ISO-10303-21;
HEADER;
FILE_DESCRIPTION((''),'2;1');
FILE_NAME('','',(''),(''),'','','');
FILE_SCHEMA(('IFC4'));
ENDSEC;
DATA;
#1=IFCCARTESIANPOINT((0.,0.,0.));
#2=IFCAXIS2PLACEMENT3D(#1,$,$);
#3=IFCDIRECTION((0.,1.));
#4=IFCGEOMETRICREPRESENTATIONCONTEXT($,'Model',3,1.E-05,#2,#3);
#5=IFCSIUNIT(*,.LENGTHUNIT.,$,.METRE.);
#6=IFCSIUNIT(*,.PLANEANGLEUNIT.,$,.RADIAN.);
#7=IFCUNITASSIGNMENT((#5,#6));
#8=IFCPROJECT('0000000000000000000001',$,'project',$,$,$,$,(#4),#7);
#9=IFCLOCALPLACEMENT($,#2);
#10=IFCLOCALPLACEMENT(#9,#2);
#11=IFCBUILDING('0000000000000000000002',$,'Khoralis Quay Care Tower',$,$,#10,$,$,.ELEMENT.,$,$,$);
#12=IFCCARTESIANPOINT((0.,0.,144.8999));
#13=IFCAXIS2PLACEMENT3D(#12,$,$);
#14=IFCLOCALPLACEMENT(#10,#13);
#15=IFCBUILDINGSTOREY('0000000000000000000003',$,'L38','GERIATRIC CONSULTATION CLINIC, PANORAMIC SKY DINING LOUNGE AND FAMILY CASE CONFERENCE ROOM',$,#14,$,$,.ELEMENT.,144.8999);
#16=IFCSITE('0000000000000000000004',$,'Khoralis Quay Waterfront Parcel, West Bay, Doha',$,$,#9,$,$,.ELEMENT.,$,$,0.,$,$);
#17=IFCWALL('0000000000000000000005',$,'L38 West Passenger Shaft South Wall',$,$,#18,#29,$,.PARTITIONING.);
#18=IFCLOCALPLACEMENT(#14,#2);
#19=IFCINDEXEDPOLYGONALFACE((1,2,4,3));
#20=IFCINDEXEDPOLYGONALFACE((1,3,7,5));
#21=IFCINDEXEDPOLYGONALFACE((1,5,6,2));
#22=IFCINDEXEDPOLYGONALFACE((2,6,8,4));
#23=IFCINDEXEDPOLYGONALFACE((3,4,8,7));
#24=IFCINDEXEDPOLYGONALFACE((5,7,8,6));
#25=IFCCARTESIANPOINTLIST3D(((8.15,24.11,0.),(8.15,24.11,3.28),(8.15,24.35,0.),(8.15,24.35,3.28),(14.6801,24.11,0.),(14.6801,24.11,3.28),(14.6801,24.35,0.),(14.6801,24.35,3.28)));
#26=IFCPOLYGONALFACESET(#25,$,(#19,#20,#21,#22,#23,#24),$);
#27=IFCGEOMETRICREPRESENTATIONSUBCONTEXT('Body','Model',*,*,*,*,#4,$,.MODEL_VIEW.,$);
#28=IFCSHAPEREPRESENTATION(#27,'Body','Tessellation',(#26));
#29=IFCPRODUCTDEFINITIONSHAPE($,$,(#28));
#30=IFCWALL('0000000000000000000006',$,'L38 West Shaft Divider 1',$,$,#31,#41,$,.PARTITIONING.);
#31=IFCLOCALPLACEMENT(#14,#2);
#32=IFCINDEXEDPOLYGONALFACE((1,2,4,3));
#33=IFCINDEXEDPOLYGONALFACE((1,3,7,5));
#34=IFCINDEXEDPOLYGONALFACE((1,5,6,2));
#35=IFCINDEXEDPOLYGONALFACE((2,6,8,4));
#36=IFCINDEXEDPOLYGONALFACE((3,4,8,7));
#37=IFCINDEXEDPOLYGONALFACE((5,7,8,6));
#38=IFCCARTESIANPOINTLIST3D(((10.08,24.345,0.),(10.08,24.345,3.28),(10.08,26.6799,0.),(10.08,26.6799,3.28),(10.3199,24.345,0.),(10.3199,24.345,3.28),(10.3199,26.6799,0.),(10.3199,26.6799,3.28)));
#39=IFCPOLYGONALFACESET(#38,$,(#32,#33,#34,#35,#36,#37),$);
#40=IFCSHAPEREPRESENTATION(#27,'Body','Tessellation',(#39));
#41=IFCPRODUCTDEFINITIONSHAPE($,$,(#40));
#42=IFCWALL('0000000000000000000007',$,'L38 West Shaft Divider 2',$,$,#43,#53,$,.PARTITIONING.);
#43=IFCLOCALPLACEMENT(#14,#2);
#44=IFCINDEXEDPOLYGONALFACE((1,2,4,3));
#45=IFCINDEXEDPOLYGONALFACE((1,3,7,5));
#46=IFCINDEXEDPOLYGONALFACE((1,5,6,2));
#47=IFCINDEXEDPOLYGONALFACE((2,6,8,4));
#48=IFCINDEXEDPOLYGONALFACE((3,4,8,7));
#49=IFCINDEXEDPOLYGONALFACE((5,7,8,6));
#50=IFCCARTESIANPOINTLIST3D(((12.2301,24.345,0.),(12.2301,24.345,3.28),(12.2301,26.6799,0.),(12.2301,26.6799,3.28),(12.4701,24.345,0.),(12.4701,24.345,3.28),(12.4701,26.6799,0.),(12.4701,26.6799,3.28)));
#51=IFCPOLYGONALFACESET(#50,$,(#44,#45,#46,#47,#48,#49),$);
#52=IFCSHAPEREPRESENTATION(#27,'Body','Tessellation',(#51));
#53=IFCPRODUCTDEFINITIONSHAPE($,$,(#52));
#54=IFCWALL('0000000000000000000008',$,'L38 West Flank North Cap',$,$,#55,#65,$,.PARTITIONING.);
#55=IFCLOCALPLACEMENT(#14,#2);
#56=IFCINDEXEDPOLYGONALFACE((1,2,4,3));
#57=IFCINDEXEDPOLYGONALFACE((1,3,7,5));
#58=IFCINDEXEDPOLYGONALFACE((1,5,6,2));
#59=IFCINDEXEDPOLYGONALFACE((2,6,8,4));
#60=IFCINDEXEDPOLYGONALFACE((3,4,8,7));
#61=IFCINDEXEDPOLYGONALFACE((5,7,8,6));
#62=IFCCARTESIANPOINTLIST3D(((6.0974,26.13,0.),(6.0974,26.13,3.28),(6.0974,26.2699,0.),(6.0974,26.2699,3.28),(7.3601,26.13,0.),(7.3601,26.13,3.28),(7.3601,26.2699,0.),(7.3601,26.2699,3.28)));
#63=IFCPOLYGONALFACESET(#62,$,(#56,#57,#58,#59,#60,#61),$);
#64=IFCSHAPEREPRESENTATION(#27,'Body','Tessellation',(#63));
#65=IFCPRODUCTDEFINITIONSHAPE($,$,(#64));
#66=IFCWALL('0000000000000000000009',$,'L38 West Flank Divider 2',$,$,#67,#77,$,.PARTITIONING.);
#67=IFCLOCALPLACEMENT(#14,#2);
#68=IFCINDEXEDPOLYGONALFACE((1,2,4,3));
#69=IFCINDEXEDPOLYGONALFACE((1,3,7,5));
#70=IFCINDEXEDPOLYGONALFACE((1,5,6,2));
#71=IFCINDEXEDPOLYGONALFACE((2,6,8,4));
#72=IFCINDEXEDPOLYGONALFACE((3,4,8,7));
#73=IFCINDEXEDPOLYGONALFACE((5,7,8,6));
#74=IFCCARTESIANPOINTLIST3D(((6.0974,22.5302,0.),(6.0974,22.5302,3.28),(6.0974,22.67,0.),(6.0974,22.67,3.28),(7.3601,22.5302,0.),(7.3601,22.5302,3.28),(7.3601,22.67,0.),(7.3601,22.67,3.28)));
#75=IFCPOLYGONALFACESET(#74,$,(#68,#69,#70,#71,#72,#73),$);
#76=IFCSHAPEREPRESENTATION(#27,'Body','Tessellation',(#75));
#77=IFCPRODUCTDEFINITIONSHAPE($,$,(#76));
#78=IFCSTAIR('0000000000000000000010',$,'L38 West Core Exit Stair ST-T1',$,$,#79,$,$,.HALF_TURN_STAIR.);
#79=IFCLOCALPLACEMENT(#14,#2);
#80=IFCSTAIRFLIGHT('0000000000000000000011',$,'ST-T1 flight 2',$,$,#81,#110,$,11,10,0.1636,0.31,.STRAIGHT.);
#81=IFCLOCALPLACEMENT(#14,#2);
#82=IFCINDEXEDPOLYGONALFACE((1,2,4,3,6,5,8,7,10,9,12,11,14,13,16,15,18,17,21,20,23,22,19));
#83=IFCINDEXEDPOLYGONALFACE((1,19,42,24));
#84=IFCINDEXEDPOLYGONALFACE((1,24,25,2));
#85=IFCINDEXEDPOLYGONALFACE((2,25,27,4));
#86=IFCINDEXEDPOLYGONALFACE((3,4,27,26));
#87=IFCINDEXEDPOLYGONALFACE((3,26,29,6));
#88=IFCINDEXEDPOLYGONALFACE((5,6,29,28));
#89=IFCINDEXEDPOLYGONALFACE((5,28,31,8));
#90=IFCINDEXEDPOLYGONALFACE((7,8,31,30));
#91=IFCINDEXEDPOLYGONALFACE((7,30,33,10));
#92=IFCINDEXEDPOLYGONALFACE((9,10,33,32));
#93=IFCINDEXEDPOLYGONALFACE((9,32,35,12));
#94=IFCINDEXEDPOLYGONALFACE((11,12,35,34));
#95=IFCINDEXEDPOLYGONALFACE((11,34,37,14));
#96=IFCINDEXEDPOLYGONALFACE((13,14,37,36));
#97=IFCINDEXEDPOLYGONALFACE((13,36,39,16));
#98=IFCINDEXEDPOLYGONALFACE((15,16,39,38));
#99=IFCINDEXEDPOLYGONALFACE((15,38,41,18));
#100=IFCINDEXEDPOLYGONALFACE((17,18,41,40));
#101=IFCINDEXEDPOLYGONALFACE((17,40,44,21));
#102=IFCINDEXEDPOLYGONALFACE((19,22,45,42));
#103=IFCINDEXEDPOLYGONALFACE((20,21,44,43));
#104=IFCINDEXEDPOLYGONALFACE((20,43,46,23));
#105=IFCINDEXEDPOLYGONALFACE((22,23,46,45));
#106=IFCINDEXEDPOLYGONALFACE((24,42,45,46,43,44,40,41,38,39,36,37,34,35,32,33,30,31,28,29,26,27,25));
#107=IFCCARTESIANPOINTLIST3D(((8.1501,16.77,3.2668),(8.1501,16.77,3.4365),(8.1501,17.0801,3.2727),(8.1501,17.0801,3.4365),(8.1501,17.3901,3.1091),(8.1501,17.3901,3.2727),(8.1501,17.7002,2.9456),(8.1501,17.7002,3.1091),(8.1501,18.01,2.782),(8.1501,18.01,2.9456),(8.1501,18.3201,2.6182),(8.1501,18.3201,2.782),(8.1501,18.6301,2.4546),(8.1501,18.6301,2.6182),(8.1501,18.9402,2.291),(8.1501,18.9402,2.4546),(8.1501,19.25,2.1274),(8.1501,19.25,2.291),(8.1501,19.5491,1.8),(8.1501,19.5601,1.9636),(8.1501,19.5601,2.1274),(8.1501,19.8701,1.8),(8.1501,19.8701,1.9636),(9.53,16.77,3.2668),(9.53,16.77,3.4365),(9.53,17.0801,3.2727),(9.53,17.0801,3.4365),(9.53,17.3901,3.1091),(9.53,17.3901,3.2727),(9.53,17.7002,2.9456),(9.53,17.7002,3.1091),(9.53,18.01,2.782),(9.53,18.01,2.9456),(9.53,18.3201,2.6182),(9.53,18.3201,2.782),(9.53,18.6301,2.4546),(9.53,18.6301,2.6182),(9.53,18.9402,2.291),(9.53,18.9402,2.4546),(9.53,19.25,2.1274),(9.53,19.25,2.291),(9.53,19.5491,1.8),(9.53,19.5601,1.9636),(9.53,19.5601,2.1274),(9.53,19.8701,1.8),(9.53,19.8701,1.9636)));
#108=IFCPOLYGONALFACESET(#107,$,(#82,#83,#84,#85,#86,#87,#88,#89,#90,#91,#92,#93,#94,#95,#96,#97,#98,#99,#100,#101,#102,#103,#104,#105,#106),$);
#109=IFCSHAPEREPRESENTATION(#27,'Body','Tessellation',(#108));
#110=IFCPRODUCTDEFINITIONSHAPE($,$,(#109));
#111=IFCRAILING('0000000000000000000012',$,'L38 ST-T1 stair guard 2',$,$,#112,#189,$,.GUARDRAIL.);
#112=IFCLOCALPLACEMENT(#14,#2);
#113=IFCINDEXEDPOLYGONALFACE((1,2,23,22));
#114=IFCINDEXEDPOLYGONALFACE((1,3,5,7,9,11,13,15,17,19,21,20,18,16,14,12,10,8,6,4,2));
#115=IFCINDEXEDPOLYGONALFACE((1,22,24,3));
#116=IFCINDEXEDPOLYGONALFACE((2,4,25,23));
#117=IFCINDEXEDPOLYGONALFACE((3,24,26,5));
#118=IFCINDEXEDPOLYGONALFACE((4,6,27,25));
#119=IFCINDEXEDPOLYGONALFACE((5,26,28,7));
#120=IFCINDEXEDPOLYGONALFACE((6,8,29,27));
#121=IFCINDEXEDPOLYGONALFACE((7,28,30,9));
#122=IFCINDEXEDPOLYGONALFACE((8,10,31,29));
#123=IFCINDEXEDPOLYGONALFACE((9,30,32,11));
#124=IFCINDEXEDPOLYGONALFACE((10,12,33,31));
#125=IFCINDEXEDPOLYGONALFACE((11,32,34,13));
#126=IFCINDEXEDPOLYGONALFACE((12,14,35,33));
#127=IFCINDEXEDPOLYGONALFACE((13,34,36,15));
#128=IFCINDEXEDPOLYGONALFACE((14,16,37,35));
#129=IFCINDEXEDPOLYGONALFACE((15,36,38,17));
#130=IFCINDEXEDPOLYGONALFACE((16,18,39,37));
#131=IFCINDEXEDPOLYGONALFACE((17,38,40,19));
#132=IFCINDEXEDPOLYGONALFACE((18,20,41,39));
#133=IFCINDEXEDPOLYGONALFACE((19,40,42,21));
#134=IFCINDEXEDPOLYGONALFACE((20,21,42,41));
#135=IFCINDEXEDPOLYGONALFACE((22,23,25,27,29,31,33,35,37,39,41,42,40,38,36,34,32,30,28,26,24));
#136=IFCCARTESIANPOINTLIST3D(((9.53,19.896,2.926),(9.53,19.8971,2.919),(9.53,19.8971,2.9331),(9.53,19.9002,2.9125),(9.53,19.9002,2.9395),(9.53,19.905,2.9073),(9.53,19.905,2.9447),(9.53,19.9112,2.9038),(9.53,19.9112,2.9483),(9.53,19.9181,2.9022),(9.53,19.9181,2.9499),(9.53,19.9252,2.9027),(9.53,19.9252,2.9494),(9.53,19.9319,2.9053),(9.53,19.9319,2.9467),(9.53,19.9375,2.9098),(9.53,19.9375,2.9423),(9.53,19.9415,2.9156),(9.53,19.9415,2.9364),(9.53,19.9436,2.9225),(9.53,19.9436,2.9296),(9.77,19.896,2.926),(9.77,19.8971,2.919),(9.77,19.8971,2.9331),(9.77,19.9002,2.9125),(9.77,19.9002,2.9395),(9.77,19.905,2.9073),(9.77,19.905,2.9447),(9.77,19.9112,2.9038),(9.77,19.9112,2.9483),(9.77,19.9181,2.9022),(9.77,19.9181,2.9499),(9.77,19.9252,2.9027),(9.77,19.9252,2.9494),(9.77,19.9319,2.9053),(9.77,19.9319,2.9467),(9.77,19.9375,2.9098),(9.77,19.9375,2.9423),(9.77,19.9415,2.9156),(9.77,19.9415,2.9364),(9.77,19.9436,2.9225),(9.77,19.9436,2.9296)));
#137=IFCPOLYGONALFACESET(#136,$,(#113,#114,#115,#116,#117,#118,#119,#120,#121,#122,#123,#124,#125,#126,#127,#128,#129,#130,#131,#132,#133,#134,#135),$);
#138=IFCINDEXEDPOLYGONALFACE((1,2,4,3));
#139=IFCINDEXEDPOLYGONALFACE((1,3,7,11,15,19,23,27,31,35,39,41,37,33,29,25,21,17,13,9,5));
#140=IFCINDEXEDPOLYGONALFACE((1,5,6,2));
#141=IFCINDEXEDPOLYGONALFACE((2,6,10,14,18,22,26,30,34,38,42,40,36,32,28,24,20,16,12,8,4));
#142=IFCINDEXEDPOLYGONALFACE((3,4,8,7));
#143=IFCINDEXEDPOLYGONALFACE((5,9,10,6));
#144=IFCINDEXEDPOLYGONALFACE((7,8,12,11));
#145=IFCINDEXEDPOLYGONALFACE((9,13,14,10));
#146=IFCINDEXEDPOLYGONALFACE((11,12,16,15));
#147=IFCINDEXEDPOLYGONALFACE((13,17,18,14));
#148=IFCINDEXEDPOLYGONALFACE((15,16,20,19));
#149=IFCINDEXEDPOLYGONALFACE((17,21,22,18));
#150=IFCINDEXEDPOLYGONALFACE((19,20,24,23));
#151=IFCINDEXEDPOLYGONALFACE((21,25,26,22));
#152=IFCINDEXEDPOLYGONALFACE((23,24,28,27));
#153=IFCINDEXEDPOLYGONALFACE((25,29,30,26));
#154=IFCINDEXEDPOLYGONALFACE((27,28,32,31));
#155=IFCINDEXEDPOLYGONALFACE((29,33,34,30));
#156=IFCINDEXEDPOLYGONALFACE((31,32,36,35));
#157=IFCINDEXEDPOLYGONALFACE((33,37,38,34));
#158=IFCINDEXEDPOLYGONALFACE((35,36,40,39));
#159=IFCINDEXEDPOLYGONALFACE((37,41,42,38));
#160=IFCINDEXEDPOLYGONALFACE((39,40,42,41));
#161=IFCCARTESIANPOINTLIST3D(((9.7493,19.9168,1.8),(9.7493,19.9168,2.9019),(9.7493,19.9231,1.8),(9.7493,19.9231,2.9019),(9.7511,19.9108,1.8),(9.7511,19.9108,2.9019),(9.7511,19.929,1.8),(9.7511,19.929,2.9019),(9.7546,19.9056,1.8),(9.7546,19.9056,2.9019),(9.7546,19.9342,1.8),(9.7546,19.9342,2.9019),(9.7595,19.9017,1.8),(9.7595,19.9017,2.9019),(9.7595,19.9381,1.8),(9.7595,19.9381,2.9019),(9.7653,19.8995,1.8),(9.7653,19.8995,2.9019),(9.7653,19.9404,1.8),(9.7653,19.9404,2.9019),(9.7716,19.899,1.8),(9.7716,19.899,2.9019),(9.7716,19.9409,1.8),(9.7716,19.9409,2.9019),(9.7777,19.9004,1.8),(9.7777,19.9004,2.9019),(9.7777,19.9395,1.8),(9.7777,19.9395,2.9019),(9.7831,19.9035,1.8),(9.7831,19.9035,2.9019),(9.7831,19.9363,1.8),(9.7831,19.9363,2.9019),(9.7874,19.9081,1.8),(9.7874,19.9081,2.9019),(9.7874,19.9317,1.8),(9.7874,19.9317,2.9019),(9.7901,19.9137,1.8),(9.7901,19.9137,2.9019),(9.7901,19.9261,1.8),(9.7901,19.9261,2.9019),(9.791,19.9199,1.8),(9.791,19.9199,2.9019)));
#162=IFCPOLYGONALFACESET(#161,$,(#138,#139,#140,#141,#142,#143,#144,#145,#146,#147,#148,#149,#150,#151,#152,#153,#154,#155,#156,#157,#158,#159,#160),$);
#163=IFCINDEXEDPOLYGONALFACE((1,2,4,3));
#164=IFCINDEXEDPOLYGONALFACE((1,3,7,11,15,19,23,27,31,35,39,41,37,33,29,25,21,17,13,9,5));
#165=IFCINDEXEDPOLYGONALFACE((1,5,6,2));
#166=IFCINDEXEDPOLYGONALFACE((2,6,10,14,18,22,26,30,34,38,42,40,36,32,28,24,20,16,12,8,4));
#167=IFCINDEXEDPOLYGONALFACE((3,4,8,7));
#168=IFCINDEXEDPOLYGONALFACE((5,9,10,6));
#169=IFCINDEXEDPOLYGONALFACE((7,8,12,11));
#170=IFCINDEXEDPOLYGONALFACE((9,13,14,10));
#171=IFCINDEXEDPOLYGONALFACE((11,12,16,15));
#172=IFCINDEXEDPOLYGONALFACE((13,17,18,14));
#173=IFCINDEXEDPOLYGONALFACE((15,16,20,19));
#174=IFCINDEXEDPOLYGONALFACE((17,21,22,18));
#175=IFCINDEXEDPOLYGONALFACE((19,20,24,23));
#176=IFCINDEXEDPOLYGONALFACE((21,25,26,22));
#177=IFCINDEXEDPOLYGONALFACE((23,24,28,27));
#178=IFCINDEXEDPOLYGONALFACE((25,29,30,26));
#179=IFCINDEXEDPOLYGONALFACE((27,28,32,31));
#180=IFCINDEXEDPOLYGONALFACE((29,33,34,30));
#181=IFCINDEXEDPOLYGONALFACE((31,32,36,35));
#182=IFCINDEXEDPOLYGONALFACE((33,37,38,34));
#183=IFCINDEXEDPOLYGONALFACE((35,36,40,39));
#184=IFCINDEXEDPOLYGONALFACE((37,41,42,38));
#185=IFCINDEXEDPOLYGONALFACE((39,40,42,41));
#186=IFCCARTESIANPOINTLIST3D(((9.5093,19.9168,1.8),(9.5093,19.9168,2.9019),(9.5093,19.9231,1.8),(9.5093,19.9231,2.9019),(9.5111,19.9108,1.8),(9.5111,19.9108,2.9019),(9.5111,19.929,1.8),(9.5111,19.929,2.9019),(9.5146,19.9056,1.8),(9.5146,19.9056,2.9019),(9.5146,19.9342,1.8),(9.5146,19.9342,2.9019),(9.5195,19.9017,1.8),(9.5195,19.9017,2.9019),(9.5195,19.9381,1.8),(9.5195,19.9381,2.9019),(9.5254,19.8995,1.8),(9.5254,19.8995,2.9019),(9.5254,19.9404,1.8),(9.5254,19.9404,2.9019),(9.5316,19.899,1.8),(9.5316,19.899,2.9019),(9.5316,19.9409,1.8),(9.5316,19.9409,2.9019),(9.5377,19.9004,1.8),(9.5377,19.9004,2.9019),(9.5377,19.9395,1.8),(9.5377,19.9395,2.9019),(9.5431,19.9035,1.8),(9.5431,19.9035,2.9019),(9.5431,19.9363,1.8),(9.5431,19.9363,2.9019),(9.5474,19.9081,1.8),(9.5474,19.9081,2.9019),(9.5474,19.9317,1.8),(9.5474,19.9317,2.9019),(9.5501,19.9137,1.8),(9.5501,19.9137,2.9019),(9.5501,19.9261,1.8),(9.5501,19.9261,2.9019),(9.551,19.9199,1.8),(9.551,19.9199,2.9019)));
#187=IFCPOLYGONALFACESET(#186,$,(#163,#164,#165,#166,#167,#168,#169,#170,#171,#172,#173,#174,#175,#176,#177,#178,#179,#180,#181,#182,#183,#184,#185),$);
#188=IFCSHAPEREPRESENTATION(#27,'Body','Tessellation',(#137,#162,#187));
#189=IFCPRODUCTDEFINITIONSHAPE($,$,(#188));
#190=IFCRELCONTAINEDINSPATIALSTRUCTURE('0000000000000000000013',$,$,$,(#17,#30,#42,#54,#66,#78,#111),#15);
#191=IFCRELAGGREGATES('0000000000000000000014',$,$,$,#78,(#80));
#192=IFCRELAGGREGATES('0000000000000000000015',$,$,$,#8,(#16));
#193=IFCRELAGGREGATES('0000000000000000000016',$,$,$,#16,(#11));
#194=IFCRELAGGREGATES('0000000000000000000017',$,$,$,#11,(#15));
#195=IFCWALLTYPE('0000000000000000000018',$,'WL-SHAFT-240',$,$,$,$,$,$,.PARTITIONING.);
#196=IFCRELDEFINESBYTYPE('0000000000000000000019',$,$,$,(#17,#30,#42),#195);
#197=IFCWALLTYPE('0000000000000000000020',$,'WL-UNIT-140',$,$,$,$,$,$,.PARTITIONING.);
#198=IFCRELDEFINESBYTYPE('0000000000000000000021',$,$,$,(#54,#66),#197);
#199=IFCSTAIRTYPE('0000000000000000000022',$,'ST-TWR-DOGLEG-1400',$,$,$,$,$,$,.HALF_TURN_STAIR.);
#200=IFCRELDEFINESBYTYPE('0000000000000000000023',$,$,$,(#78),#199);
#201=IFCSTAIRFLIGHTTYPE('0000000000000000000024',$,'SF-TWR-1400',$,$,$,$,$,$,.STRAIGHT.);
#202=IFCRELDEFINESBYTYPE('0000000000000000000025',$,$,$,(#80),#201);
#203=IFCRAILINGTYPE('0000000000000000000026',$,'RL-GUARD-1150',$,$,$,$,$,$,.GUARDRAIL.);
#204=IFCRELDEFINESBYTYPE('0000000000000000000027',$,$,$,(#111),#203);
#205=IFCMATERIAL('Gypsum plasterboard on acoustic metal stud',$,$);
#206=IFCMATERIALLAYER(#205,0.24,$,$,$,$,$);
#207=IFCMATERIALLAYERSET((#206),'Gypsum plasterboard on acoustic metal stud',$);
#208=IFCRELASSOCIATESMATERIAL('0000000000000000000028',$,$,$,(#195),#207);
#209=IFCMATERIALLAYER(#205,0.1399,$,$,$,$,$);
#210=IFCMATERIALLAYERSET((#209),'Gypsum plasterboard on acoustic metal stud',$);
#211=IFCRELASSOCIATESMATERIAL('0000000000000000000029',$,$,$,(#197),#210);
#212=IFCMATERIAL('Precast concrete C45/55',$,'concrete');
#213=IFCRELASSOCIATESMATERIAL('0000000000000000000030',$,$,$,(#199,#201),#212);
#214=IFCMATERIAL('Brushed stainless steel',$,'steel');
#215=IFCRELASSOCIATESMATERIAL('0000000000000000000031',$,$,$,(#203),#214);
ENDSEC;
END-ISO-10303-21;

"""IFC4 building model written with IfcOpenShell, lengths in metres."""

from ifc_helpers import new_model, si_unit, direction, frame, frame_2d, origin, origin_2d, place, context, subcontext, project, spatial, polyline, rectangle, circle, outline, extrude, source, transform, mapped, material, layer, layer_set, type_object, element, aggregate, save


model = new_model("IFC4")

# Units and contexts
model_context = context("Model", 3, precision=1e-05, world=origin(), true_north=direction((0.0, 1.0)))
body_context = subcontext(model_context, "Body", "Model", "MODEL_VIEW")
ifc_project = project(units=[si_unit("LENGTHUNIT", "METRE"), si_unit("PLANEANGLEUNIT", "RADIAN")], contexts=[model_context])

# Site, building, storey
site_placement = place(None, origin())
site = spatial("IfcSite", under=ifc_project, at=site_placement, Name="Khoralis Quay Waterfront Parcel, West Bay, Doha", CompositionType="ELEMENT", RefElevation=0.0)
building_placement = place(site_placement, origin())
building = spatial("IfcBuilding", under=site, at=building_placement, Name="Khoralis Quay Care Tower", CompositionType="ELEMENT")
storey_placement = place(building_placement, frame((0.0, 0.0, 144.8999)))
storey = spatial("IfcBuildingStorey", under=building, at=storey_placement, Name="L38", Description="GERIATRIC CONSULTATION CLINIC, PANORAMIC SKY DINING LOUNGE AND FAMILY CASE CONFERENCE ROOM", CompositionType="ELEMENT", Elevation=144.8999)

# Shared definitions
ifc_material_1 = material(Name="Brushed stainless steel", Category="steel")

# Shared definitions
ifc_material_2 = material(Name="Gypsum plasterboard on acoustic metal stud")

# Walls
ifc_layer_1 = layer(ifc_material_2, 0.24)
ifc_layer_set_1 = layer_set([ifc_layer_1], Name="Gypsum plasterboard on acoustic metal stud")
wall_type_1 = type_object("IfcWallType", Name="WL-SHAFT-240", PredefinedType="PARTITIONING", material=ifc_layer_set_1)
wall_1_placement = place(storey_placement, frame((8.1499, 24.23, 0.0), z_axis=(0.0, 0.0, 1.0), x_axis=(1.0, 0.0, 0.0)))
element("IfcWall", 1, at=wall_1_placement, inside=storey, type_object=wall_type_1, Name="L38 West Passenger Shaft South Wall", PredefinedType="PARTITIONING", context=body_context, shape_type="SweptSolid", body=[
    extrude(rectangle(XDim=6.53, YDim=0.24, at=frame_2d((3.2651, 0.0))), origin(), (0.0, 0.0, 1.0), 3.28),
])
for number, where, z_axis, x_axis, name in (
    (2, (10.2, 24.345, 0.0), (0.0, 0.0, 1.0), (0.0, 1.0, 0.0), "L38 West Shaft Divider 1"),
    (3, (12.3501, 24.345, 0.0), (0.0, 0.0, 1.0), (0.0, 1.0, 0.0), "L38 West Shaft Divider 2"),
):
    element("IfcWall", number, at=place(storey_placement, frame(where, z_axis=z_axis, x_axis=x_axis)), inside=storey, type_object=wall_type_1, Name=name, PredefinedType="PARTITIONING", context=body_context, shape_type="SweptSolid", body=[
        extrude(rectangle(XDim=2.335, YDim=0.24, at=frame_2d((1.1675, 0.0))), origin(), (0.0, 0.0, 1.0), 3.28),
    ])
ifc_layer_2 = layer(ifc_material_2, 0.1399)
ifc_layer_set_2 = layer_set([ifc_layer_2], Name="Gypsum plasterboard on acoustic metal stud")
wall_type_2 = type_object("IfcWallType", Name="WL-UNIT-140", PredefinedType="PARTITIONING", material=ifc_layer_set_2)
for number, where, z_axis, x_axis, name in (
    (4, (6.0974, 26.2, 0.0), (0.0, 0.0, 1.0), (1.0, 0.0, 0.0), "L38 West Flank North Cap"),
    (5, (6.0974, 22.6001, 0.0), (0.0, 0.0, 1.0), (1.0, 0.0, 0.0), "L38 West Flank Divider 2"),
):
    element("IfcWall", number, at=place(storey_placement, frame(where, z_axis=z_axis, x_axis=x_axis)), inside=storey, type_object=wall_type_2, Name=name, PredefinedType="PARTITIONING", context=body_context, shape_type="SweptSolid", body=[
        extrude(rectangle(XDim=1.2627, YDim=0.1399, at=frame_2d((0.6313, 0.0))), origin(), (0.0, 0.0, 1.0), 3.28),
    ])

# Stair, stair flight
ifc_material_3 = material(Name="Precast concrete C45/55", Category="concrete")
stair_type = type_object("IfcStairType", Name="ST-TWR-DOGLEG-1400", PredefinedType="HALF_TURN_STAIR", material=ifc_material_3)
stair_placement = place(storey_placement, origin())
stair = element("IfcStair", 6, at=stair_placement, inside=storey, type_object=stair_type, Name="L38 West Core Exit Stair ST-T1", PredefinedType="HALF_TURN_STAIR")
stair_flight_type = type_object("IfcStairFlightType", Name="SF-TWR-1400", PredefinedType="STRAIGHT", material=ifc_material_3)
shared_shape_1 = source(origin(), body_context, "Body", "SweptSolid", [
    extrude(outline(polyline([(0.0, 0.0), (0.0, 0.1636), (0.3101, 0.1636), (0.3101, 0.3274), (0.6201, 0.3274), (0.6201, 0.491), (0.9299, 0.491), (0.9299, 0.6545), (1.24, 0.6545), (1.24, 0.8181), (1.55, 0.8181), (1.55, 0.9819), (1.8601, 0.9819), (1.8601, 1.1455), (2.1699, 1.1455), (2.1699, 1.3091), (2.48, 1.3091), (2.48, 1.4727), (2.79, 1.4727), (2.79, 1.6365), (3.1001, 1.6365), (3.1001, 1.8), (3.1001, 1.4668), (0.321, 0.0), (0.0, 0.0)])), frame((0.0, 0.6899, 0.0), z_axis=(0.0, -1.0, 0.0), x_axis=(1.0, 0.0, 0.0)), (0.0, 0.0, 1.0), 1.3799),
])
stair_flight_placement = place(storey_placement, frame((8.8401, 19.8701, 1.8), z_axis=(0.0, 0.0, 1.0), x_axis=(0.0, -1.0, 0.0)))
stair_flight = element("IfcStairFlight", 7, at=stair_flight_placement, type_object=stair_flight_type, Name="ST-T1 flight 2", NumberOfRisers=11, NumberOfTreads=10, PredefinedType="STRAIGHT", RiserHeight=0.1636, TreadLength=0.31, context=body_context, shape_type="MappedRepresentation", body=[
    mapped(shared_shape_1, transform((0.0, 0.0, 0.0), scale=1.0)),
])
aggregate(stair, [stair_flight])

# Railing
railing_type_1 = type_object("IfcRailingType", Name="RL-GUARD-1150", PredefinedType="GUARDRAIL", material=ifc_material_1)
railing_1_placement = place(storey_placement, frame((9.77, 19.9199, 1.8)))
element("IfcRailing", 8, at=railing_1_placement, inside=storey, type_object=railing_type_1, Name="L38 ST-T1 stair guard 2", PredefinedType="GUARDRAIL", context=body_context, shape_type="SweptSolid", body=[
    extrude(circle(Radius=0.0239, at=origin_2d()), frame((0.0, 0.0, 1.126), z_axis=(-1.0, 0.0, 0.0), x_axis=(0.0, -1.0, 0.0)), (0.0, 0.0, 1.0), 0.24),
    extrude(circle(Radius=0.021, at=origin_2d()), origin(), (0.0, 0.0, 1.0), 1.1018),
    extrude(circle(Radius=0.021, at=origin_2d()), frame((-0.24, 0.0, 0.0)), (0.0, 0.0, 1.0), 1.1018),
])

save(model, "model.ifc")
